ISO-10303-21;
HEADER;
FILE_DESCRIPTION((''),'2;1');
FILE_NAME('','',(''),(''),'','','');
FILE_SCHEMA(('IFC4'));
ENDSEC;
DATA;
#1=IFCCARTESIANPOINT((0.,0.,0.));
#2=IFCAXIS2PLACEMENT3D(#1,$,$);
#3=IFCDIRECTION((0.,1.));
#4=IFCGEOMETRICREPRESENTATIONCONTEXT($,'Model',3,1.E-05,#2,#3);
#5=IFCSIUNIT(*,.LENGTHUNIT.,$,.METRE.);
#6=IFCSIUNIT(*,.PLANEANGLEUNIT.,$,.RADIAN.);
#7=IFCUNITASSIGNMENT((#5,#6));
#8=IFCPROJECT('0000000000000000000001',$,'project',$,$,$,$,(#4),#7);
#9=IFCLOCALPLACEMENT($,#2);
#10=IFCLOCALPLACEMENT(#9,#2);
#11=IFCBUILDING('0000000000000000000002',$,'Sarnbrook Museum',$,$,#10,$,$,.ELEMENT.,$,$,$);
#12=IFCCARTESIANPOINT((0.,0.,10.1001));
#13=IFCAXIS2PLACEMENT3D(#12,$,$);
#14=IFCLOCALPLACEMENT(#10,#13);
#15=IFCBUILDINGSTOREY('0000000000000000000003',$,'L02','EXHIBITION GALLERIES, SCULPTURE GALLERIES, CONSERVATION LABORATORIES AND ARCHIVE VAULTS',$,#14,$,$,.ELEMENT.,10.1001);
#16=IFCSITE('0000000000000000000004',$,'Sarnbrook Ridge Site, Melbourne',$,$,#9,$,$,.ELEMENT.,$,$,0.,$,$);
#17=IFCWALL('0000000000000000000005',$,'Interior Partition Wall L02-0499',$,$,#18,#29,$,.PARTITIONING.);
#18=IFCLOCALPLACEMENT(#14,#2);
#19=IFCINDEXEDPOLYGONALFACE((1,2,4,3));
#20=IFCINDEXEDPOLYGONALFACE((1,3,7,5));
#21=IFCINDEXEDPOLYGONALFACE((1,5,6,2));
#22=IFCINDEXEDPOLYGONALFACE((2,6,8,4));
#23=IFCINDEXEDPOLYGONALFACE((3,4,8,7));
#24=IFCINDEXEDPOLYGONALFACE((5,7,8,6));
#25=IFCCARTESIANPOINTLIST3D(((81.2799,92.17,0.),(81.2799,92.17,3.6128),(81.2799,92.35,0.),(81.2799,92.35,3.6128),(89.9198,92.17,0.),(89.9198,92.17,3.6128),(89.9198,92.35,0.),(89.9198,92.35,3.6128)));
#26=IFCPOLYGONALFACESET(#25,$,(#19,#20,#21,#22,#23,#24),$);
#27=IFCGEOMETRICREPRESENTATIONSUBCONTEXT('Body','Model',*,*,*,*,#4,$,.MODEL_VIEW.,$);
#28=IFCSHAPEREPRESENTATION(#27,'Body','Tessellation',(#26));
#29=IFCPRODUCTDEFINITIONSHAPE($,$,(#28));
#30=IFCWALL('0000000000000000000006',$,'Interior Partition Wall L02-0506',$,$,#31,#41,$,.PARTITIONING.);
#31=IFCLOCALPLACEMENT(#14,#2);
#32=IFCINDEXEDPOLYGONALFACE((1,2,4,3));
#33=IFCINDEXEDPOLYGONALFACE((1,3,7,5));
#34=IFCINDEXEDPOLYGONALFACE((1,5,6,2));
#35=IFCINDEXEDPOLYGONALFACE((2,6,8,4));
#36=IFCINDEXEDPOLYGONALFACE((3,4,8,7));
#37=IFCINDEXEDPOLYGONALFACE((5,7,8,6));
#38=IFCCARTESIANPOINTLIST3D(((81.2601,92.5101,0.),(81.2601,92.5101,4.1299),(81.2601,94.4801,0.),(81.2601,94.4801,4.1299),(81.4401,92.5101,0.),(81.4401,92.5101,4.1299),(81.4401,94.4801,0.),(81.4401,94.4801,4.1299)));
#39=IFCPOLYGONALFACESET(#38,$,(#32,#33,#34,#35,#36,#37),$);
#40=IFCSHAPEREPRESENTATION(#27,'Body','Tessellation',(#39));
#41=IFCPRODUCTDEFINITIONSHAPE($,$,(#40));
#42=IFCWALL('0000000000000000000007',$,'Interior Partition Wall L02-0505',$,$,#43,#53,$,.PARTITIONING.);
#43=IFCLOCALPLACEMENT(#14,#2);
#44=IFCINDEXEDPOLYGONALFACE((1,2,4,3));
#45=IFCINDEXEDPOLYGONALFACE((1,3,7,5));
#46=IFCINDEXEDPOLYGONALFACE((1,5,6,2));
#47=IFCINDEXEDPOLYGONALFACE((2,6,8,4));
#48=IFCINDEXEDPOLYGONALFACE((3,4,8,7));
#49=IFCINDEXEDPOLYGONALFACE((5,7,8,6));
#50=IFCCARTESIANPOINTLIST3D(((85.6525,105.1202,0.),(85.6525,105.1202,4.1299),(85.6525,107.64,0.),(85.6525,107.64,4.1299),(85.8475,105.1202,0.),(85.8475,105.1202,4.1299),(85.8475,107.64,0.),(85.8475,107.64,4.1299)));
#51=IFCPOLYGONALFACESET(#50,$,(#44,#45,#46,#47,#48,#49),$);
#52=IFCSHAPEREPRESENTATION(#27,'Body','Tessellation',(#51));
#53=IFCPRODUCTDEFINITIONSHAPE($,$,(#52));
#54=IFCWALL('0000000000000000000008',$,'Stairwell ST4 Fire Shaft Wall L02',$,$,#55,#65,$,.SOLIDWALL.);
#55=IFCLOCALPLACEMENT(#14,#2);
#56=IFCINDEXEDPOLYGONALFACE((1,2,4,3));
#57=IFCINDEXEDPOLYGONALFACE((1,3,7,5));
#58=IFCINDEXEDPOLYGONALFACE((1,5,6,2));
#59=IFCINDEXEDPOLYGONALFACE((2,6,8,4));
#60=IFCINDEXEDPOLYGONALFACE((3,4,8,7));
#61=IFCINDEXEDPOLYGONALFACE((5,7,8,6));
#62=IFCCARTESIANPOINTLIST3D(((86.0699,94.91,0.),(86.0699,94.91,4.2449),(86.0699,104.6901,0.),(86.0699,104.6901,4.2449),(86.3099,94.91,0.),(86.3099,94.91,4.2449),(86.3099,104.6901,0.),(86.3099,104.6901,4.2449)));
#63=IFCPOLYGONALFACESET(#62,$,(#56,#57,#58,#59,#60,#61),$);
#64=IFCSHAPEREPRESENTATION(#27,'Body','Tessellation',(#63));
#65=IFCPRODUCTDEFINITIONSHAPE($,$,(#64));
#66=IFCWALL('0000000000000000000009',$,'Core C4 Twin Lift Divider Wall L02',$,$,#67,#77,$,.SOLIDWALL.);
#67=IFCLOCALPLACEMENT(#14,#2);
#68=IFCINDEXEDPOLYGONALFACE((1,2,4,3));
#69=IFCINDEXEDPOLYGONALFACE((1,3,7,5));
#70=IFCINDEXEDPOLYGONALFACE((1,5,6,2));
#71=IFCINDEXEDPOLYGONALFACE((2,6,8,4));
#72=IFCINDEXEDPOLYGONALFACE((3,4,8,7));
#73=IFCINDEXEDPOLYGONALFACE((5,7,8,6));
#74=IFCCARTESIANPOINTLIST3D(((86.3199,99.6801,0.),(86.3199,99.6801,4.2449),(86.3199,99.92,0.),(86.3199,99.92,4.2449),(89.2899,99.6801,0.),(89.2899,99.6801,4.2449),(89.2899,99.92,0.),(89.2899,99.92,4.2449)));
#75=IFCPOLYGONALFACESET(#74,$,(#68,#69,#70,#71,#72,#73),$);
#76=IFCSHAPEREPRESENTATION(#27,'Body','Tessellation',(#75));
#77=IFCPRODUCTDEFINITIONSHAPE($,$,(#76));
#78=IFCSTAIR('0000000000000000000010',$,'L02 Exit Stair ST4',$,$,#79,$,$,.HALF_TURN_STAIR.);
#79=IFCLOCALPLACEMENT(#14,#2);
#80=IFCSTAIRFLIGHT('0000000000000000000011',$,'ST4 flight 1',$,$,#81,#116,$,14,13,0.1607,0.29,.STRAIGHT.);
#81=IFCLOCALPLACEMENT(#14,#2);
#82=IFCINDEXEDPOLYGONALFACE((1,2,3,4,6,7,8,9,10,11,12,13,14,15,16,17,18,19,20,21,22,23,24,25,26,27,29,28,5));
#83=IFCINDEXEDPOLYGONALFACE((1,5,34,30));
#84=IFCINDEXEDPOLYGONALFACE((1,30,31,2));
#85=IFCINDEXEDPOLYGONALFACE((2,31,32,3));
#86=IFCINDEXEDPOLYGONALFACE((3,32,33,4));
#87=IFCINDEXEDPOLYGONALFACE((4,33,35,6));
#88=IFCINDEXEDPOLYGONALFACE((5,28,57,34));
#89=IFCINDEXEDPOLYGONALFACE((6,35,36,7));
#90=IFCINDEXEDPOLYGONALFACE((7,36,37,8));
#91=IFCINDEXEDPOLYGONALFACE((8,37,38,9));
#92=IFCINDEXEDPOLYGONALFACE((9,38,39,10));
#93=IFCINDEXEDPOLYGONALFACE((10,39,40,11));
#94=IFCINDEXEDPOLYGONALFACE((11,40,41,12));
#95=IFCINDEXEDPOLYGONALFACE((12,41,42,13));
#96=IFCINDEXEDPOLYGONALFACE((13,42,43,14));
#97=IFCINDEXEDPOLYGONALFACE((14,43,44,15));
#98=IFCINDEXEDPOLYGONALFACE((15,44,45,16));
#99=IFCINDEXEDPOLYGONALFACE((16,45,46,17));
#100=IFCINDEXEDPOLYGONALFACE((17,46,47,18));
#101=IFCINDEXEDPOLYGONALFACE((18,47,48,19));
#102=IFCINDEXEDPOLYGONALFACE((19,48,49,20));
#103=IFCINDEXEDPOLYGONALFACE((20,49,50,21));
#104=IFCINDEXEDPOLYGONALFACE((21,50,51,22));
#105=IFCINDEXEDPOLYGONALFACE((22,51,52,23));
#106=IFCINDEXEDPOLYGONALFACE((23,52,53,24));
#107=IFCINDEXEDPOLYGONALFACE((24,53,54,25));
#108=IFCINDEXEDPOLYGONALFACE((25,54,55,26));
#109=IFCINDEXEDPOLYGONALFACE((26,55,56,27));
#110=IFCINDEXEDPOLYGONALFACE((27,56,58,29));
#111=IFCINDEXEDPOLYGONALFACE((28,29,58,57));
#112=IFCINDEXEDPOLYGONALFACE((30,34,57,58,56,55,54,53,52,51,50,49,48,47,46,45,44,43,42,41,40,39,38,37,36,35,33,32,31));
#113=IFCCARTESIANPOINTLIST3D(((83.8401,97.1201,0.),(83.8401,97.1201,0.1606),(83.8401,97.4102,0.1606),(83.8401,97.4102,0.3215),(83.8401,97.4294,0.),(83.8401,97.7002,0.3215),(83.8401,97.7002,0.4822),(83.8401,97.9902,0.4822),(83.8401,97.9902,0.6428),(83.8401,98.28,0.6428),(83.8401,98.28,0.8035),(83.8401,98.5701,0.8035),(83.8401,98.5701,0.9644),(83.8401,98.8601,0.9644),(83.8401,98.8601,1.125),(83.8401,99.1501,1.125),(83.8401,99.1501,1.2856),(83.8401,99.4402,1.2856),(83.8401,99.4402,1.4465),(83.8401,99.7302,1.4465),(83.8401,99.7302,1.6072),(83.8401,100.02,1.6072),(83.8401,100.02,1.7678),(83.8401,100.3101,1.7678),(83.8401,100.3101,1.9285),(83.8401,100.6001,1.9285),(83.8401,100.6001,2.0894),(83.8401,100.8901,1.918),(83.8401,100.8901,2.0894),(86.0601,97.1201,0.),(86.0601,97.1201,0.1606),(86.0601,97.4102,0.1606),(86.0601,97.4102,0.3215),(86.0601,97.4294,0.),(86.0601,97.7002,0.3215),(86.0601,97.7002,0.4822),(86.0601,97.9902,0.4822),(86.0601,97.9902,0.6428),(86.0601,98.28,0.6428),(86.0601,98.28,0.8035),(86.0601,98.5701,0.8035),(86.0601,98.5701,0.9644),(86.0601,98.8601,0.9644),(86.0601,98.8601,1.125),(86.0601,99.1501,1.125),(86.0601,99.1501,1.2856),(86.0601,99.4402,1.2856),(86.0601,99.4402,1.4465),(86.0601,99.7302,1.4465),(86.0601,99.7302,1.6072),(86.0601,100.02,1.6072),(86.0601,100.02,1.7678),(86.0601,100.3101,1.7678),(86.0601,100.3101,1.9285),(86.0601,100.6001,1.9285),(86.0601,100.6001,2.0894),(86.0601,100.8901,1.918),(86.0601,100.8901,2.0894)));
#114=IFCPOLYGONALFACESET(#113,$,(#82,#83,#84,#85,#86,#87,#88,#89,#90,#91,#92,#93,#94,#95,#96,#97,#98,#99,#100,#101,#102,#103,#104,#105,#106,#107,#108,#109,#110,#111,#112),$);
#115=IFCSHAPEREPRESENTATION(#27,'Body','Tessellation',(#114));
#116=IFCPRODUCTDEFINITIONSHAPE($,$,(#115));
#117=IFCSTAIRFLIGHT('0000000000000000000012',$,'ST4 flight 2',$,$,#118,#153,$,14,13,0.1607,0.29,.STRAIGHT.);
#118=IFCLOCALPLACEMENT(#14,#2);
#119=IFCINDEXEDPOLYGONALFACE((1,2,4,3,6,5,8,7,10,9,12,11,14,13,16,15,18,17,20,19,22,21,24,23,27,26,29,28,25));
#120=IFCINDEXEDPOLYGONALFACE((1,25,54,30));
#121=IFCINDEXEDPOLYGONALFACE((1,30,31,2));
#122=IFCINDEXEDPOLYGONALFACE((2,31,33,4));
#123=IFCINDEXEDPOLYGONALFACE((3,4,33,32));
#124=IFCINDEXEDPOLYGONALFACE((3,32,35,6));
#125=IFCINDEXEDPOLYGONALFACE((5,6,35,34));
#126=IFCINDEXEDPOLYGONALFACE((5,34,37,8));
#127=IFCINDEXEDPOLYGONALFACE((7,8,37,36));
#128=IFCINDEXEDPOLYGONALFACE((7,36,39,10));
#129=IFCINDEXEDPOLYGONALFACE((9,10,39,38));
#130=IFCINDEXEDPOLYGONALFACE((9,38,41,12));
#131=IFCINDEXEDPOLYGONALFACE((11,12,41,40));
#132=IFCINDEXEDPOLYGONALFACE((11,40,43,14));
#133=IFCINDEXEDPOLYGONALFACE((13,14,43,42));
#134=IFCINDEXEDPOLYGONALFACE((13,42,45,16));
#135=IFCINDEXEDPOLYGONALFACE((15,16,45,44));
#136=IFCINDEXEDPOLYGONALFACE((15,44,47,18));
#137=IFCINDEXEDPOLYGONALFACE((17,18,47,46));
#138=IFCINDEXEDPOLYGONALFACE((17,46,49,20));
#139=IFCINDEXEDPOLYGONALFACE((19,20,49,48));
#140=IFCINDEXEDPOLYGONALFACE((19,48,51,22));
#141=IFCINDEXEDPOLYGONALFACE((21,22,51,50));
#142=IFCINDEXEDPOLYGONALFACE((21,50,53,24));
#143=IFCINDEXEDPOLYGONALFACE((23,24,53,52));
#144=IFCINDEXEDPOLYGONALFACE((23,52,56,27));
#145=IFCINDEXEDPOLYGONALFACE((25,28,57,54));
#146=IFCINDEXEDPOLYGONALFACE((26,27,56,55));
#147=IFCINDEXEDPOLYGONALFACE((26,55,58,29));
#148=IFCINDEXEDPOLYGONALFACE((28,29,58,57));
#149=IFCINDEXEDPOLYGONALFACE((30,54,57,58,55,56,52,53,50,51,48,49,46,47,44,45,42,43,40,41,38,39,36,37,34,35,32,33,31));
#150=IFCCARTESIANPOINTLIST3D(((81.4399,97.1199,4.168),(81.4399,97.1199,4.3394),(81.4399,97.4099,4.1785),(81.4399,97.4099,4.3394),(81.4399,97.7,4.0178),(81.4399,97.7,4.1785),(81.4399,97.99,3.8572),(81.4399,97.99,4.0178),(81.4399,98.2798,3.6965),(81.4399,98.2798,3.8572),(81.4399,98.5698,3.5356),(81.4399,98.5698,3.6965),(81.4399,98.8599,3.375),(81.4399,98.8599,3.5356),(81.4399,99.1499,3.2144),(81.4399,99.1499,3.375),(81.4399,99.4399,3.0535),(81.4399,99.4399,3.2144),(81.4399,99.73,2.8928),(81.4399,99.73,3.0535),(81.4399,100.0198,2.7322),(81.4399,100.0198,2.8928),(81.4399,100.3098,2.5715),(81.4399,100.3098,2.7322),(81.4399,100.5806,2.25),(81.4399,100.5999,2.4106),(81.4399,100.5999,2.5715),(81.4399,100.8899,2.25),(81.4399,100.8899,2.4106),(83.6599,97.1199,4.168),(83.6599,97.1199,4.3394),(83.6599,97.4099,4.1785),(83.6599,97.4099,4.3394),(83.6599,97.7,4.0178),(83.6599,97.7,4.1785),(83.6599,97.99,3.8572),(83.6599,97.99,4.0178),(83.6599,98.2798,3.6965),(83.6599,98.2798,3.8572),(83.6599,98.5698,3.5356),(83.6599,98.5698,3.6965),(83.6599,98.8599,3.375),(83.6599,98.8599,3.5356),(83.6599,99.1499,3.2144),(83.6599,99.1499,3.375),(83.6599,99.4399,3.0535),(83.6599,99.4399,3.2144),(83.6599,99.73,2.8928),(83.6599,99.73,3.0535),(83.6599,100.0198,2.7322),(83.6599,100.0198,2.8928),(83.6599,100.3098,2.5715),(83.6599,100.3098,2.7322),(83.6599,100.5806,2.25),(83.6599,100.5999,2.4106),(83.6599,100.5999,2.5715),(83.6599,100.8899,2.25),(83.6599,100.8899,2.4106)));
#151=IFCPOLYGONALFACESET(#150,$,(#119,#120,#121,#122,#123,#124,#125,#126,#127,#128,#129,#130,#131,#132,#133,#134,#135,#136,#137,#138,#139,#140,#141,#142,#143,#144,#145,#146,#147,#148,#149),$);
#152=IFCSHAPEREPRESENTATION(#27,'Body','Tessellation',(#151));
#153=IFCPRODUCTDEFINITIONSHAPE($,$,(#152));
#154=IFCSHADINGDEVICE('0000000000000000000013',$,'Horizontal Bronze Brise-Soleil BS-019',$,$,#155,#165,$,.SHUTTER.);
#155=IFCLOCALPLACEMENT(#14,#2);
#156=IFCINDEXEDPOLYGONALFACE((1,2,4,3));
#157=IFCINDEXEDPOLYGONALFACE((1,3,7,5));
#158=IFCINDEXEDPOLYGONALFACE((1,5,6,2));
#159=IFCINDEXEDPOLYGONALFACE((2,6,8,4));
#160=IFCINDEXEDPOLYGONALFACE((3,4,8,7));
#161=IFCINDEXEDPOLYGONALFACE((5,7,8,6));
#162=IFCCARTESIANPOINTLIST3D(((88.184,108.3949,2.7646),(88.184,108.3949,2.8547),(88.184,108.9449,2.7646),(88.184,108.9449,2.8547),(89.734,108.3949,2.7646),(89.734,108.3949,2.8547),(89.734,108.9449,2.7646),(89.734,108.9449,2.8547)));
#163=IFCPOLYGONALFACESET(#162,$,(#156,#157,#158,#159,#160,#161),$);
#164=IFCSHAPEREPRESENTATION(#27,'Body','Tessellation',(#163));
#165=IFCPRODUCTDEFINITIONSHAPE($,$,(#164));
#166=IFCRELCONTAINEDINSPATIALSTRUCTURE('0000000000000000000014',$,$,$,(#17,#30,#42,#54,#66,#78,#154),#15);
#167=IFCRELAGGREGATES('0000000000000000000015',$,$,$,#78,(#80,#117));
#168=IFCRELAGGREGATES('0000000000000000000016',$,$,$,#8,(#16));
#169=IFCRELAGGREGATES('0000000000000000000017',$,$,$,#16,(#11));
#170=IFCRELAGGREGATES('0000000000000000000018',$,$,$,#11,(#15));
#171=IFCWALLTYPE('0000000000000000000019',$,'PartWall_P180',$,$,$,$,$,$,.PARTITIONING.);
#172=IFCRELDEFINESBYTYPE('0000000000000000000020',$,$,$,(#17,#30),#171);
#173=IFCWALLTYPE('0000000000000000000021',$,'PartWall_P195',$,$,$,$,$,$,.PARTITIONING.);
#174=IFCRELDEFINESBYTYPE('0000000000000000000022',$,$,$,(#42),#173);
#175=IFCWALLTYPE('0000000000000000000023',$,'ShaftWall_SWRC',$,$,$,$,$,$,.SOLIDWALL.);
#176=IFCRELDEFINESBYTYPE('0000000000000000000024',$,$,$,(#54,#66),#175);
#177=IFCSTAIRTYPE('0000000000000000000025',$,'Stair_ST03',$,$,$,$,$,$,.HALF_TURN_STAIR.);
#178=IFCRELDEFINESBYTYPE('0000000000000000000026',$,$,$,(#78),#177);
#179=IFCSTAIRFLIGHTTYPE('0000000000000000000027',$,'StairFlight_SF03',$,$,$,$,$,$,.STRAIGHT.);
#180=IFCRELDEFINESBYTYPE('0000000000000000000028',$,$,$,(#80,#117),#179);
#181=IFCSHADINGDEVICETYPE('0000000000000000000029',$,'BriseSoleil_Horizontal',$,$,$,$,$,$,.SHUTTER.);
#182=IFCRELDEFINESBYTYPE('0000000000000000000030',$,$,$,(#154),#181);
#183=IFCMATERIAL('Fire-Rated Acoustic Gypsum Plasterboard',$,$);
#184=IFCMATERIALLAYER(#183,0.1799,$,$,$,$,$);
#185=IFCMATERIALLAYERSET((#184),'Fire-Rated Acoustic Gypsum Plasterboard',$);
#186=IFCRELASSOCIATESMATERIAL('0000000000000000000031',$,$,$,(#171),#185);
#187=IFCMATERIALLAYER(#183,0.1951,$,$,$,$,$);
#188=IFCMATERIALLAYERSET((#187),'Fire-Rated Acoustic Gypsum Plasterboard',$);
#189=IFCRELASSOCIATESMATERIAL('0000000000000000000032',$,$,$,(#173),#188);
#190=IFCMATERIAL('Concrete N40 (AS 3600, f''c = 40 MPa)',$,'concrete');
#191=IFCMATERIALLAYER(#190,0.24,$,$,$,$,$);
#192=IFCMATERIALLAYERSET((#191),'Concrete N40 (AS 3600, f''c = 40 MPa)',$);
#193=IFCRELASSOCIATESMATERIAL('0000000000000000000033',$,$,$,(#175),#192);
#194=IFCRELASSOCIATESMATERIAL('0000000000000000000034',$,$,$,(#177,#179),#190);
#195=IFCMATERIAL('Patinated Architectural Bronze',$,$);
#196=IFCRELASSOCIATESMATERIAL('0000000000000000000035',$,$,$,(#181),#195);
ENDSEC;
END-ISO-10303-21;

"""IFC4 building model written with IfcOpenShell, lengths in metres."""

from ifc_helpers import new_model, si_unit, direction, frame, frame_2d, origin, origin_2d, place, context, subcontext, project, spatial, polyline, rectangle, outline, extrude, material, layer, layer_set, type_object, element, aggregate, save


model = new_model("IFC4")

# Units and contexts
model_context = context("Model", 3, precision=1e-05, world=origin(), true_north=direction((0.0, 1.0)))
body_context = subcontext(model_context, "Body", "Model", "MODEL_VIEW")
ifc_project = project(units=[si_unit("LENGTHUNIT", "METRE"), si_unit("PLANEANGLEUNIT", "RADIAN")], contexts=[model_context])

# Site, building, storey
site_placement = place(None, origin())
site = spatial("IfcSite", under=ifc_project, at=site_placement, Name="Sarnbrook Ridge Site, Melbourne", CompositionType="ELEMENT", RefElevation=0.0)
building_placement = place(site_placement, origin())
building = spatial("IfcBuilding", under=site, at=building_placement, Name="Sarnbrook Museum", CompositionType="ELEMENT")
storey_placement = place(building_placement, frame((0.0, 0.0, 10.1001)))
storey = spatial("IfcBuildingStorey", under=building, at=storey_placement, Name="L02", Description="EXHIBITION GALLERIES, SCULPTURE GALLERIES, CONSERVATION LABORATORIES AND ARCHIVE VAULTS", CompositionType="ELEMENT", Elevation=10.1001)

# Walls
ifc_material_1 = material(Name="Fire-Rated Acoustic Gypsum Plasterboard")
ifc_layer_1 = layer(ifc_material_1, 0.1799)
ifc_layer_set_1 = layer_set([ifc_layer_1], Name="Fire-Rated Acoustic Gypsum Plasterboard")
wall_type_1 = type_object("IfcWallType", Name="PartWall_P180", PredefinedType="PARTITIONING", material=ifc_layer_set_1)
wall_1_placement = place(storey_placement, frame((81.28, 92.26, 0.0), z_axis=(0.0, 0.0, 1.0), x_axis=(1.0, 0.0, 0.0)))
element("IfcWall", 1, at=wall_1_placement, inside=storey, type_object=wall_type_1, Name="Interior Partition Wall L02-0499", PredefinedType="PARTITIONING", context=body_context, shape_type="SweptSolid", body=[
    extrude(rectangle(XDim=8.6399, YDim=0.1799, at=frame_2d((4.3198, 0.0))), origin(), (0.0, 0.0, 1.0), 3.6128),
])
wall_2_placement = place(storey_placement, frame((81.3501, 94.48, 0.0), z_axis=(0.0, 0.0, 1.0), x_axis=(0.0, -1.0, 0.0)))
element("IfcWall", 2, at=wall_2_placement, inside=storey, type_object=wall_type_1, Name="Interior Partition Wall L02-0506", PredefinedType="PARTITIONING", context=body_context, shape_type="SweptSolid", body=[
    extrude(rectangle(XDim=1.97, YDim=0.1799, at=frame_2d((0.9849, 0.0))), origin(), (0.0, 0.0, 1.0), 4.1299),
])
ifc_layer_2 = layer(ifc_material_1, 0.1951)
ifc_layer_set_2 = layer_set([ifc_layer_2], Name="Fire-Rated Acoustic Gypsum Plasterboard")
wall_type_2 = type_object("IfcWallType", Name="PartWall_P195", PredefinedType="PARTITIONING", material=ifc_layer_set_2)
wall_3_placement = place(storey_placement, frame((85.75, 107.6399, 0.0), z_axis=(0.0, 0.0, 1.0), x_axis=(0.0, -1.0, 0.0)))
element("IfcWall", 3, at=wall_3_placement, inside=storey, type_object=wall_type_2, Name="Interior Partition Wall L02-0505", PredefinedType="PARTITIONING", context=body_context, shape_type="SweptSolid", body=[
    extrude(rectangle(XDim=2.5198, YDim=0.1951, at=frame_2d((1.2598, 0.0))), origin(), (0.0, 0.0, 1.0), 4.1299),
])
ifc_material_2 = material(Name="Concrete N40 (AS 3600, f'c = 40 MPa)", Category="concrete")
ifc_layer_3 = layer(ifc_material_2, 0.24)
ifc_layer_set_3 = layer_set([ifc_layer_3], Name="Concrete N40 (AS 3600, f'c = 40 MPa)")
wall_type_3 = type_object("IfcWallType", Name="ShaftWall_SWRC", PredefinedType="SOLIDWALL", material=ifc_layer_set_3)
wall_4_placement = place(storey_placement, frame((86.1899, 94.9099, 0.0), z_axis=(0.0, 0.0, 1.0), x_axis=(0.0, 1.0, 0.0)))
element("IfcWall", 4, at=wall_4_placement, inside=storey, type_object=wall_type_3, Name="Stairwell ST4 Fire Shaft Wall L02", PredefinedType="SOLIDWALL", context=body_context, shape_type="SweptSolid", body=[
    extrude(rectangle(XDim=9.78, YDim=0.24, at=frame_2d((4.8901, 0.0))), origin(), (0.0, 0.0, 1.0), 4.2449),
])
wall_5_placement = place(storey_placement, frame((86.3201, 99.8, 0.0), z_axis=(0.0, 0.0, 1.0), x_axis=(1.0, 0.0, 0.0)))
element("IfcWall", 5, at=wall_5_placement, inside=storey, type_object=wall_type_3, Name="Core C4 Twin Lift Divider Wall L02", PredefinedType="SOLIDWALL", context=body_context, shape_type="SweptSolid", body=[
    extrude(rectangle(XDim=2.97, YDim=0.24, at=frame_2d((1.4849, 0.0))), origin(), (0.0, 0.0, 1.0), 4.2449),
])

# Stair, stair flights
stair_type = type_object("IfcStairType", Name="Stair_ST03", PredefinedType="HALF_TURN_STAIR", material=ifc_material_2)
stair_placement = place(storey_placement, origin())
stair = element("IfcStair", 6, at=stair_placement, inside=storey, type_object=stair_type, Name="L02 Exit Stair ST4", PredefinedType="HALF_TURN_STAIR")
stair_flight_type = type_object("IfcStairFlightType", Name="StairFlight_SF03", PredefinedType="STRAIGHT", material=ifc_material_2)
stair_flight_1_placement = place(storey_placement, frame((84.95, 97.1201, 0.0), z_axis=(0.0, 0.0, 1.0), x_axis=(0.0, 1.0, 0.0)))
stair_flight_1 = element("IfcStairFlight", 7, at=stair_flight_1_placement, type_object=stair_flight_type, Name="ST4 flight 1", NumberOfRisers=14, NumberOfTreads=13, PredefinedType="STRAIGHT", RiserHeight=0.1607, TreadLength=0.29, context=body_context, shape_type="SweptSolid", body=[
    extrude(outline(polyline([(0.0, 0.0), (0.0, 0.1606), (0.29, 0.1606), (0.29, 0.3215), (0.5801, 0.3215), (0.5801, 0.4822), (0.8701, 0.4822), (0.8701, 0.6428), (1.1599, 0.6428), (1.1599, 0.8035), (1.45, 0.8035), (1.45, 0.9644), (1.74, 0.9644), (1.74, 1.125), (2.03, 1.125), (2.03, 1.2856), (2.3201, 1.2856), (2.3201, 1.4465), (2.6101, 1.4465), (2.6101, 1.6072), (2.8999, 1.6072), (2.8999, 1.7678), (3.1899, 1.7678), (3.1899, 1.9285), (3.48, 1.9285), (3.48, 2.0894), (3.77, 2.0894), (3.77, 2.25), (3.77, 1.918), (0.3093, 0.0), (0.0, 0.0)])), frame((0.0, 1.1099, 0.0), z_axis=(0.0, -1.0, 0.0), x_axis=(1.0, 0.0, 0.0)), (0.0, 0.0, 1.0), 2.22),
])
stair_flight_2_placement = place(storey_placement, frame((82.55, 100.8899, 2.25), z_axis=(0.0, 0.0, 1.0), x_axis=(0.0, -1.0, 0.0)))
stair_flight_2 = element("IfcStairFlight", 8, at=stair_flight_2_placement, type_object=stair_flight_type, Name="ST4 flight 2", NumberOfRisers=14, NumberOfTreads=13, PredefinedType="STRAIGHT", RiserHeight=0.1607, TreadLength=0.29, context=body_context, shape_type="SweptSolid", body=[
    extrude(outline(polyline([(0.0, 0.0), (0.0, 0.1606), (0.29, 0.1606), (0.29, 0.3215), (0.5801, 0.3215), (0.5801, 0.4822), (0.8701, 0.4822), (0.8701, 0.6428), (1.1599, 0.6428), (1.1599, 0.8035), (1.45, 0.8035), (1.45, 0.9644), (1.74, 0.9644), (1.74, 1.125), (2.03, 1.125), (2.03, 1.2856), (2.3201, 1.2856), (2.3201, 1.4465), (2.6101, 1.4465), (2.6101, 1.6072), (2.8999, 1.6072), (2.8999, 1.7678), (3.1899, 1.7678), (3.1899, 1.9285), (3.48, 1.9285), (3.48, 2.0894), (3.77, 2.0894), (3.77, 2.25), (3.77, 1.918), (0.3093, 0.0), (0.0, 0.0)])), frame((0.0, 1.1099, 0.0), z_axis=(0.0, -1.0, 0.0), x_axis=(1.0, 0.0, 0.0)), (0.0, 0.0, 1.0), 2.22),
])
aggregate(stair, [stair_flight_1, stair_flight_2])

# Shading device
ifc_material_3 = material(Name="Patinated Architectural Bronze")
shading_device_type = type_object("IfcShadingDeviceType", Name="BriseSoleil_Horizontal", PredefinedType="SHUTTER", material=ifc_material_3)
shading_device_placement = place(storey_placement, frame((88.959, 108.6699, 2.7646), z_axis=(0.0, 0.0, 1.0), x_axis=(1.0, 0.0, 0.0)))
element("IfcShadingDevice", 9, at=shading_device_placement, inside=storey, type_object=shading_device_type, Name="Horizontal Bronze Brise-Soleil BS-019", PredefinedType="SHUTTER", context=body_context, shape_type="SweptSolid", body=[
    extrude(rectangle(XDim=1.55, YDim=0.55, at=origin_2d()), origin(), (0.0, 0.0, 1.0), 0.0901),
])

save(model, "model.ifc")
